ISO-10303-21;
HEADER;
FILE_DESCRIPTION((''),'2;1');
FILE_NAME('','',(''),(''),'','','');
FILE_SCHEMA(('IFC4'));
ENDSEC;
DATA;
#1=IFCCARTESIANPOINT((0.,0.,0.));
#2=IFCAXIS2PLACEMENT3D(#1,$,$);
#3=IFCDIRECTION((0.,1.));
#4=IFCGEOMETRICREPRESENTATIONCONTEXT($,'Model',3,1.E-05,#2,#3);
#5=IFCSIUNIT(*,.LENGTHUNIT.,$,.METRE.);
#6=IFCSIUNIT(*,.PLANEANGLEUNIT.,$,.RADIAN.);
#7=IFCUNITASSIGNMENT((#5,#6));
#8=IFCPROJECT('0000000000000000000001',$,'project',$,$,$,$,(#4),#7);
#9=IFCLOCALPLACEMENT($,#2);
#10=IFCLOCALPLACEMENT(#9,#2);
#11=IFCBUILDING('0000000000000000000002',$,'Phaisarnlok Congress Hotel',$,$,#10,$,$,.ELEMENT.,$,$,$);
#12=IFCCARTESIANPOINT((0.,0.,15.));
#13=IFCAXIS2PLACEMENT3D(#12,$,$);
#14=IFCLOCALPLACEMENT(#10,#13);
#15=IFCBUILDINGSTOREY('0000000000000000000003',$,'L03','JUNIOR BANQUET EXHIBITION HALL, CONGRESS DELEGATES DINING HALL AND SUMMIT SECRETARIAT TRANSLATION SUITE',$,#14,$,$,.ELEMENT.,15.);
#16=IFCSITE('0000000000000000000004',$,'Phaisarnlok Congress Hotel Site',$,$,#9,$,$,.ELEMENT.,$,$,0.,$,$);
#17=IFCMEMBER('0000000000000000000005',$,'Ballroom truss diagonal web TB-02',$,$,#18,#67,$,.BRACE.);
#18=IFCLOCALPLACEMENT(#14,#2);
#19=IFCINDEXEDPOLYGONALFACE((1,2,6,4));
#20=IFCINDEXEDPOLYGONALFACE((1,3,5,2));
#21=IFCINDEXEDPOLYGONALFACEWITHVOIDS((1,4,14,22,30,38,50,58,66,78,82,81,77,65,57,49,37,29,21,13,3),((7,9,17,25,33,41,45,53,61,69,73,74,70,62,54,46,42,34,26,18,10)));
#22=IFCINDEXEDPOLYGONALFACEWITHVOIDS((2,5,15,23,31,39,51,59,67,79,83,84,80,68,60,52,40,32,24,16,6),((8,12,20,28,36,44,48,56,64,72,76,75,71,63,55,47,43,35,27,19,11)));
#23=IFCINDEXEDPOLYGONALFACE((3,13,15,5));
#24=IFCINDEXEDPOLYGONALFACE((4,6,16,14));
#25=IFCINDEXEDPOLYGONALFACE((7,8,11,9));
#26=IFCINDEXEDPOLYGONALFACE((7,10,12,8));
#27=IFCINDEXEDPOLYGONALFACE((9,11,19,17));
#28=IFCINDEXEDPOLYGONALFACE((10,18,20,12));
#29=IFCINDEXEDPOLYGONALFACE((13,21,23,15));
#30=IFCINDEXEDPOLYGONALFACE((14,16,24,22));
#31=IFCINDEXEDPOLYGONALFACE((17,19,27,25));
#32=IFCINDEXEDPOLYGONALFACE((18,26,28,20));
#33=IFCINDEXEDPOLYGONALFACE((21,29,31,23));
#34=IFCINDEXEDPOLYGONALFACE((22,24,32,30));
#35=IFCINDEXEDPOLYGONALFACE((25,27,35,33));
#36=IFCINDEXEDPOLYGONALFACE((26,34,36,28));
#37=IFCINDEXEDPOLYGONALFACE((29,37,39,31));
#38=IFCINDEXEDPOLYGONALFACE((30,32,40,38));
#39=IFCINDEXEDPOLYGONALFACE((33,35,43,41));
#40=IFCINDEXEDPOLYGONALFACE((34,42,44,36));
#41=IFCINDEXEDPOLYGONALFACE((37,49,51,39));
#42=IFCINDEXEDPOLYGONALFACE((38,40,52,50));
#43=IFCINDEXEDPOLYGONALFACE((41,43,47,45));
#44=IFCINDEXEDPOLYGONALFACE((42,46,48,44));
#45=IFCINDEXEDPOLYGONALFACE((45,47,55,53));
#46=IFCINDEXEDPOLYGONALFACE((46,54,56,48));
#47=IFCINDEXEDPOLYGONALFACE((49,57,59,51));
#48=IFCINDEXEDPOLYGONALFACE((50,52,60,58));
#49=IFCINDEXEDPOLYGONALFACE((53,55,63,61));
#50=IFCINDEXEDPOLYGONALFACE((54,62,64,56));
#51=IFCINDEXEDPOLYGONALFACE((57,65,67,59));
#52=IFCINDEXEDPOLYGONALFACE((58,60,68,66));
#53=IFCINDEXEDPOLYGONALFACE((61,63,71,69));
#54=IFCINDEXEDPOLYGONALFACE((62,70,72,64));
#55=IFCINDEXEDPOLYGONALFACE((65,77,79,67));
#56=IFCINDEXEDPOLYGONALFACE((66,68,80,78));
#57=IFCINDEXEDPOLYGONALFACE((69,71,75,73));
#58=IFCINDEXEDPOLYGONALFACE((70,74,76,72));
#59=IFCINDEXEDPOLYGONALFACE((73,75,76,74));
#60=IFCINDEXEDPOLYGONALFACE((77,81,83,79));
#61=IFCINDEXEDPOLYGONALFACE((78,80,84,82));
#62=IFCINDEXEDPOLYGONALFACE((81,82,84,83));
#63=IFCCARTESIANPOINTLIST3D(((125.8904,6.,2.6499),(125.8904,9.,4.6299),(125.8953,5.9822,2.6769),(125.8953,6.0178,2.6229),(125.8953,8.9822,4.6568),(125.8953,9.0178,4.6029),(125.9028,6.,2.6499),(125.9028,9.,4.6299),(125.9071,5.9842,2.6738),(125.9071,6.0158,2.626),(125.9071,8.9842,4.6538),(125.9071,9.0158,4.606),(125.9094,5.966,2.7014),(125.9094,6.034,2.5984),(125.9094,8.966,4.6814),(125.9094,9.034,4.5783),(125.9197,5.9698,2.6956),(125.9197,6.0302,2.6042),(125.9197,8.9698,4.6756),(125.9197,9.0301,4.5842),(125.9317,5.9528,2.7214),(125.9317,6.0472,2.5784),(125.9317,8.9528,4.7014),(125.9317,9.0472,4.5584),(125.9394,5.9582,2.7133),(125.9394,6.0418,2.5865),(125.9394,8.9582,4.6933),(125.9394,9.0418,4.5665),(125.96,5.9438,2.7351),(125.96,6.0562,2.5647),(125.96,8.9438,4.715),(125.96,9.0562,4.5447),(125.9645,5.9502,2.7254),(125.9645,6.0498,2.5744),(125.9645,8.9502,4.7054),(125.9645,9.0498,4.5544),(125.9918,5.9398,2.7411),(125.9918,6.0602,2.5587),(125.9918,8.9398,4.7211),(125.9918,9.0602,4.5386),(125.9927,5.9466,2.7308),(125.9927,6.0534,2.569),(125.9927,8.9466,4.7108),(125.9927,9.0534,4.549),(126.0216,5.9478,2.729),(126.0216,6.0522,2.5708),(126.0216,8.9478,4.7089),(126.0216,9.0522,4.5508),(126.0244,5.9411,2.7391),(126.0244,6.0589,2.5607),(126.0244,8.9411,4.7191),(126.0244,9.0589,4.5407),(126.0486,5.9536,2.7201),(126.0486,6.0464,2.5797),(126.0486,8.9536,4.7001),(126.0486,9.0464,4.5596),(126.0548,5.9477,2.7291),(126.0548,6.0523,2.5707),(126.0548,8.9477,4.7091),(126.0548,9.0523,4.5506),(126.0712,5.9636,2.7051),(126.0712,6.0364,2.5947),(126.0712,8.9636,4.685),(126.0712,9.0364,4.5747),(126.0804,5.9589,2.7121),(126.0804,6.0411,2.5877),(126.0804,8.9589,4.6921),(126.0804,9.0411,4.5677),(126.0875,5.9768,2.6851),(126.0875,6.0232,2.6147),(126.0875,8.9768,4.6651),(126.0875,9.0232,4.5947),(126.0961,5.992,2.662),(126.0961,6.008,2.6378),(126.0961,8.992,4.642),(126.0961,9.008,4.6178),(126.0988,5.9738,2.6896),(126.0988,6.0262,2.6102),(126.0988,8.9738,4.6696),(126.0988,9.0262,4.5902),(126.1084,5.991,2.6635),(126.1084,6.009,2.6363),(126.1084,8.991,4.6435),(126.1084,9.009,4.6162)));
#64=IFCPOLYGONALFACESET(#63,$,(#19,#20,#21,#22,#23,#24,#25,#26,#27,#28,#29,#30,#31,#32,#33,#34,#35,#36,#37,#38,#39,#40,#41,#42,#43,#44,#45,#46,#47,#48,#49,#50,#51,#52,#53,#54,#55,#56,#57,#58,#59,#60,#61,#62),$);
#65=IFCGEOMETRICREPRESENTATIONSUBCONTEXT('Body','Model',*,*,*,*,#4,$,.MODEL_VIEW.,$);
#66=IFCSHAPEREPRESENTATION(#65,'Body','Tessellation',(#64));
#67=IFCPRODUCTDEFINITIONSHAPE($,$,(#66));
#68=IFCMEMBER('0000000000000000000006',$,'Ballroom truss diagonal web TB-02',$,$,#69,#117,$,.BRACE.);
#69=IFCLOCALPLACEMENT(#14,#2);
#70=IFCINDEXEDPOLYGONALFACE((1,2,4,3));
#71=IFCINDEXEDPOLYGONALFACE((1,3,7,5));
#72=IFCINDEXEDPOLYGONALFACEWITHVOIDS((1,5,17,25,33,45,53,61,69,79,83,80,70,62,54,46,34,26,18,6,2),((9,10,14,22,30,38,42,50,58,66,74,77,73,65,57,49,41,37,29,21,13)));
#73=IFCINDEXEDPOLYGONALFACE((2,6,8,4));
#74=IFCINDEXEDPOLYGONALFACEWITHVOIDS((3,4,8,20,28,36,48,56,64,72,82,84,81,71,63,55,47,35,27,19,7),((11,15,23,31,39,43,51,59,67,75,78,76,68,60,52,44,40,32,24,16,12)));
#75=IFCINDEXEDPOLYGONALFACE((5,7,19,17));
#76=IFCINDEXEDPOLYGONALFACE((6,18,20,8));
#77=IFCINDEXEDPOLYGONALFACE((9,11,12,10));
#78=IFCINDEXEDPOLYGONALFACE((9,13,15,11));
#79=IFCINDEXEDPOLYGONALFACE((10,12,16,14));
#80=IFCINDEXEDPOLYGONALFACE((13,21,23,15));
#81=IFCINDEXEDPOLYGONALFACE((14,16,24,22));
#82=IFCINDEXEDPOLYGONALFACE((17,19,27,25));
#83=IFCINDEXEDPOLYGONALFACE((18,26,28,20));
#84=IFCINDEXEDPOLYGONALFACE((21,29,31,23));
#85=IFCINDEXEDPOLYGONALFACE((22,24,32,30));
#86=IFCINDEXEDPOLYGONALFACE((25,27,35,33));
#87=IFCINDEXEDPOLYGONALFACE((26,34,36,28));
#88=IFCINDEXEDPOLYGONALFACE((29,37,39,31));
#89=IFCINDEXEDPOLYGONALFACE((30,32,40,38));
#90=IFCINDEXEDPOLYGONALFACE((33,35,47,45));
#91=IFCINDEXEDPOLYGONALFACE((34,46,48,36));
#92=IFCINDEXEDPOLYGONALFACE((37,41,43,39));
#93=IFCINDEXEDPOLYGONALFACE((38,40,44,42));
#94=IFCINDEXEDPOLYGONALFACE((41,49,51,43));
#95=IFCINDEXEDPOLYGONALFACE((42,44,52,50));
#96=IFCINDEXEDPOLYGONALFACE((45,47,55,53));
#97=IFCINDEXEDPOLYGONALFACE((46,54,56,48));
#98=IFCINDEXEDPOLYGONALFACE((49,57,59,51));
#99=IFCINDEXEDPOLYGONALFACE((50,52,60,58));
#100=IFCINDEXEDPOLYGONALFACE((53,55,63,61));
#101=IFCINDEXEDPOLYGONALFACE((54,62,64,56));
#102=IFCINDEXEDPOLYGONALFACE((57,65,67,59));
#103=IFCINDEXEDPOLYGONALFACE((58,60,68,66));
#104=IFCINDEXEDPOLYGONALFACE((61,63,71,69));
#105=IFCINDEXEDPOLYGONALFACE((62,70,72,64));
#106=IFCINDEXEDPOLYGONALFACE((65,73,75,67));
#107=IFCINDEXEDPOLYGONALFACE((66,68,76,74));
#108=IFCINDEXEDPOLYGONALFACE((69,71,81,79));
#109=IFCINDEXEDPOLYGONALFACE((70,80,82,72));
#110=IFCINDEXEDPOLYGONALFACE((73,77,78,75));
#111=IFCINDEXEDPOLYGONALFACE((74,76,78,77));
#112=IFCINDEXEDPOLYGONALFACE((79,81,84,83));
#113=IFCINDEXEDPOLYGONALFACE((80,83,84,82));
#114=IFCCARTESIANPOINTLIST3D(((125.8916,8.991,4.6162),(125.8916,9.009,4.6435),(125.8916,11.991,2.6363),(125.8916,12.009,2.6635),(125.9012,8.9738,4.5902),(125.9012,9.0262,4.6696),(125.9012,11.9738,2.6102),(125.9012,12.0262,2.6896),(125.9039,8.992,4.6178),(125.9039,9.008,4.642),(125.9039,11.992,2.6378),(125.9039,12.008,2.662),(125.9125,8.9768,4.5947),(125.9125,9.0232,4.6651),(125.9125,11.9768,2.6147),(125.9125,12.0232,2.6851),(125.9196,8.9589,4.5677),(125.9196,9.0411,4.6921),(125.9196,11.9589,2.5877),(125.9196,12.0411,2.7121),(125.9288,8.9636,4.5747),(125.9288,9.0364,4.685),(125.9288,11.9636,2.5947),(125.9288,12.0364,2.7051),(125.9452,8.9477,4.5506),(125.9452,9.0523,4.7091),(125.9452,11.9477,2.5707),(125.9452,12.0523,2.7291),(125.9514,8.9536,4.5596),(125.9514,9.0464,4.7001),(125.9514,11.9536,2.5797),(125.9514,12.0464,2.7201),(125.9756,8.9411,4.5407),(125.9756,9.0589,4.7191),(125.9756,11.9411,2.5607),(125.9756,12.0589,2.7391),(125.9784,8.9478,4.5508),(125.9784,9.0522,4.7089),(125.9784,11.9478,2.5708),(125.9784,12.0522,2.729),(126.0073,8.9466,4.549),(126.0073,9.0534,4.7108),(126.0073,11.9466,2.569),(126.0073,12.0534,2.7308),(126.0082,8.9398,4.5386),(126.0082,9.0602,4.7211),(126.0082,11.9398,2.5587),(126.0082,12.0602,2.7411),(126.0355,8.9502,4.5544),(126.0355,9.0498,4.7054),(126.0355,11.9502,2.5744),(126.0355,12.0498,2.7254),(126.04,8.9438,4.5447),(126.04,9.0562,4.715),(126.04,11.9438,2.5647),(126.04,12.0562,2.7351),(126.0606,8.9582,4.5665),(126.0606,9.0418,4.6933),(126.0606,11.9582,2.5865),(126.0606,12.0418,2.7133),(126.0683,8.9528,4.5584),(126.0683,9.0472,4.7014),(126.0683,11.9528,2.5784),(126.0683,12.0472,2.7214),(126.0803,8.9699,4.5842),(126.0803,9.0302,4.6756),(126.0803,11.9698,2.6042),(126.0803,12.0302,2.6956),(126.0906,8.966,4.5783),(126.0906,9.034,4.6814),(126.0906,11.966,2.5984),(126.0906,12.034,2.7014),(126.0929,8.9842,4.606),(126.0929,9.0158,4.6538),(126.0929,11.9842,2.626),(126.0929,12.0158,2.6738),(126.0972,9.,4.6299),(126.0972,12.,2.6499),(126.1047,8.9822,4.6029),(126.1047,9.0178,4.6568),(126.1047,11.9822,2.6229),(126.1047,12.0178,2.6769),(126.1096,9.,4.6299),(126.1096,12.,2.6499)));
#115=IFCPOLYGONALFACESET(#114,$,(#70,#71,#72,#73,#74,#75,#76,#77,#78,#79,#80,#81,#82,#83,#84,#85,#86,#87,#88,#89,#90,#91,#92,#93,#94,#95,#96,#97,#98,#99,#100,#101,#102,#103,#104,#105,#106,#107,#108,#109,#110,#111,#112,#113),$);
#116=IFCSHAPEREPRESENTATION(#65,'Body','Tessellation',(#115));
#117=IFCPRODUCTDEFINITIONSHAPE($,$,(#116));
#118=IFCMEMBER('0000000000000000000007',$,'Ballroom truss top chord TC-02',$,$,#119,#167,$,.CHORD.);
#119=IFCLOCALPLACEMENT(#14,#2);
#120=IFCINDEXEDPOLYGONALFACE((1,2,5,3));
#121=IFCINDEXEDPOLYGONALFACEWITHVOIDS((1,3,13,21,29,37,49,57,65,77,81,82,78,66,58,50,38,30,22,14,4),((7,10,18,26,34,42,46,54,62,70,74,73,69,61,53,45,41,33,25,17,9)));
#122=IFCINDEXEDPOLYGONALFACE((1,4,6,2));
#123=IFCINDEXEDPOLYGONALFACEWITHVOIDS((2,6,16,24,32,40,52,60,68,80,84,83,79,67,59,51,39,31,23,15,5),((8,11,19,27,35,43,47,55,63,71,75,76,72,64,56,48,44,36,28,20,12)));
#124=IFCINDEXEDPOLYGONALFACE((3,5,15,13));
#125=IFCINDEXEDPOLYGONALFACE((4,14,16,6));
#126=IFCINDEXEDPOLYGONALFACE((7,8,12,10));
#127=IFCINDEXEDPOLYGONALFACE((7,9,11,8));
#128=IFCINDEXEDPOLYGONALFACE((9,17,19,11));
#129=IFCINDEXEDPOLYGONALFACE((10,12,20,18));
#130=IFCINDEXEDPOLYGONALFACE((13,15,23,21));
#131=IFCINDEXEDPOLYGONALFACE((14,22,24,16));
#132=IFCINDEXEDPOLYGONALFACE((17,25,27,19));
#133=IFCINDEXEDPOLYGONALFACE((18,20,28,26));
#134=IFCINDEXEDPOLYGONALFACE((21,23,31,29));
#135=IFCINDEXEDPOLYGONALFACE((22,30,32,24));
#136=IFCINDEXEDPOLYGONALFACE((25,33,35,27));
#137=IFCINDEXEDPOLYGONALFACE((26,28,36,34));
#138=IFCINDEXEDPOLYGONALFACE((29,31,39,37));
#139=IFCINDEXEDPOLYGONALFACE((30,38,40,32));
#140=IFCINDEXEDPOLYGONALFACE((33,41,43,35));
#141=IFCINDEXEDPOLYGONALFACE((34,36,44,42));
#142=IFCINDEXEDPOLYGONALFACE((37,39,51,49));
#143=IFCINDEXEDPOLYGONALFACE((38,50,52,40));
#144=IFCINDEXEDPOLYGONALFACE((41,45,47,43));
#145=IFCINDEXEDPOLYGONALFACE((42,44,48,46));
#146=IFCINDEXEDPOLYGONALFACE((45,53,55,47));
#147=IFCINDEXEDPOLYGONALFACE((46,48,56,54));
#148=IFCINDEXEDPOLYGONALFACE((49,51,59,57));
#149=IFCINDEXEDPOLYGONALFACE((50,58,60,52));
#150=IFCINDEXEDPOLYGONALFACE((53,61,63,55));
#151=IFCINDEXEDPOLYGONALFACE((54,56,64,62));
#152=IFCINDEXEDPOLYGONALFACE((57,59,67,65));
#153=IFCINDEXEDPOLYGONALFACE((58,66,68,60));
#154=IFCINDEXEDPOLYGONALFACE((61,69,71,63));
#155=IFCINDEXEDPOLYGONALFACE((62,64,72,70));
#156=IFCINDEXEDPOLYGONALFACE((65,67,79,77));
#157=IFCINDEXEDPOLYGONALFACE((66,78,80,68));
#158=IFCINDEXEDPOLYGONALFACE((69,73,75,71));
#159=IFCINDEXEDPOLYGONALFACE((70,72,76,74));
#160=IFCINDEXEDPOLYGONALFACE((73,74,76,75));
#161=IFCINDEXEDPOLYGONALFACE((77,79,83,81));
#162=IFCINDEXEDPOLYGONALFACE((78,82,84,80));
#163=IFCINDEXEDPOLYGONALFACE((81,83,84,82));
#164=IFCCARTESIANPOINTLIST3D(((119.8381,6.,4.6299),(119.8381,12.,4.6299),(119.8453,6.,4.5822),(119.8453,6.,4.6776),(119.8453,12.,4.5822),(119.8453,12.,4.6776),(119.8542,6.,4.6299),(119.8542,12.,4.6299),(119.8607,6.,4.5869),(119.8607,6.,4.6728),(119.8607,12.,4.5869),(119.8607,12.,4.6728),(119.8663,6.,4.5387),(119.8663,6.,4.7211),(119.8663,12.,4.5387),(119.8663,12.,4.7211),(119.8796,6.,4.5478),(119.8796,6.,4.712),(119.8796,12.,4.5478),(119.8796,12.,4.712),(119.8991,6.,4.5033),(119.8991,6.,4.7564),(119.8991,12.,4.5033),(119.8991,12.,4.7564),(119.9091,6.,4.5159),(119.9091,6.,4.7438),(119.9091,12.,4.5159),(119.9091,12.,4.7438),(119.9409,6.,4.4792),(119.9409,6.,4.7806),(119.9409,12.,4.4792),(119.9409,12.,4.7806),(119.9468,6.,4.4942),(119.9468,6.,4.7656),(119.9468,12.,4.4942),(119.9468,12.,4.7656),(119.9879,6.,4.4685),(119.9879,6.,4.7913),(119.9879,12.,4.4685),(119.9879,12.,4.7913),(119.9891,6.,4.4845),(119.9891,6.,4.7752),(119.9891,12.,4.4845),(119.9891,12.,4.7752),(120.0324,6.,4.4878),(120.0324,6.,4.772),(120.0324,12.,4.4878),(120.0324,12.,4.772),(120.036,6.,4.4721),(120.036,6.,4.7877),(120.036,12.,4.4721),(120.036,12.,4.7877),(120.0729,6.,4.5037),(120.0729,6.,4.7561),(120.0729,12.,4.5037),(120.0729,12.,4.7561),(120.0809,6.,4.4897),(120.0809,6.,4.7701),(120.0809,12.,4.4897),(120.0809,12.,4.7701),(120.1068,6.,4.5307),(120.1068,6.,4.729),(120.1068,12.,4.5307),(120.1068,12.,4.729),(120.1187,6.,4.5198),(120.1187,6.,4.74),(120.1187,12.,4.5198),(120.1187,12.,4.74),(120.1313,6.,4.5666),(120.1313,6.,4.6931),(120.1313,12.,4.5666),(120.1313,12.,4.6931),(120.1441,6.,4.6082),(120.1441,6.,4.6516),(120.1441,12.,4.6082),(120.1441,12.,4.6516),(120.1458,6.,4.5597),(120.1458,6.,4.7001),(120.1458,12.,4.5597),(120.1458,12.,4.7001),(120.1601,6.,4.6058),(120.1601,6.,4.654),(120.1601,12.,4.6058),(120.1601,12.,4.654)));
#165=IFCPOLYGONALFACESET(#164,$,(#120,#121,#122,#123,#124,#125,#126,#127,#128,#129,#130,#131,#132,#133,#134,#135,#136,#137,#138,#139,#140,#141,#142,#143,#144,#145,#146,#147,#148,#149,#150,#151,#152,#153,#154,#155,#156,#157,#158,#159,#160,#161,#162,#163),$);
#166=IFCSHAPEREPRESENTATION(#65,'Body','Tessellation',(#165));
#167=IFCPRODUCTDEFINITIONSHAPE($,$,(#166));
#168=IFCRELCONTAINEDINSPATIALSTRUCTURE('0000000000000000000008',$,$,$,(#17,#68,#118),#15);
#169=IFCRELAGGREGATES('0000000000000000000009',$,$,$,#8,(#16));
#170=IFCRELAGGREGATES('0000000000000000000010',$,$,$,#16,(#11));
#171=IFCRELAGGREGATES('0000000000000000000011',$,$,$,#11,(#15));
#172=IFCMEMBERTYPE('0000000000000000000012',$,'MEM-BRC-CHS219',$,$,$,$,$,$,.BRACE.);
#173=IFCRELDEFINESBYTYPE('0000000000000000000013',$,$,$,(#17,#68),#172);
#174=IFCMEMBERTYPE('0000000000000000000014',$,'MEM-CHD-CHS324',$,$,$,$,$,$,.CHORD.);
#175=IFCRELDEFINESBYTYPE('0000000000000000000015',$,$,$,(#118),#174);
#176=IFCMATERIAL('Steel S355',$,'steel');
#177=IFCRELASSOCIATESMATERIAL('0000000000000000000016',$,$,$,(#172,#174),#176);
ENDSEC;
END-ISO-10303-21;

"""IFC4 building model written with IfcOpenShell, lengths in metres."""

from ifc_helpers import new_model, si_unit, direction, frame, origin, origin_2d, place, context, subcontext, project, spatial, hollow_circle, extrude, material, material_profile, profile_set, type_object, element, save


model = new_model("IFC4")

# Units and contexts
model_context = context("Model", 3, precision=1e-05, world=origin(), true_north=direction((0.0, 1.0)))
body_context = subcontext(model_context, "Body", "Model", "MODEL_VIEW")
ifc_project = project(units=[si_unit("LENGTHUNIT", "METRE"), si_unit("PLANEANGLEUNIT", "RADIAN")], contexts=[model_context])

# Site, building, storey
site_placement = place(None, origin())
site = spatial("IfcSite", under=ifc_project, at=site_placement, Name="Phaisarnlok Congress Hotel Site", CompositionType="ELEMENT", RefElevation=0.0)
building_placement = place(site_placement, origin())
building = spatial("IfcBuilding", under=site, at=building_placement, Name="Phaisarnlok Congress Hotel", CompositionType="ELEMENT")
storey_placement = place(building_placement, frame((0.0, 0.0, 15.0)))
storey = spatial("IfcBuildingStorey", under=building, at=storey_placement, Name="L03", Description="JUNIOR BANQUET EXHIBITION HALL, CONGRESS DELEGATES DINING HALL AND SUMMIT SECRETARIAT TRANSLATION SUITE", CompositionType="ELEMENT", Elevation=15.0)

# Members
ifc_material = material(Name="Steel S355", Category="steel")
ifc_material_profile_1 = material_profile(ifc_material, hollow_circle(Radius=0.1096, WallThickness=0.0125, at=origin_2d()), Name="CHS 219.1x12.5")
ifc_profile_set_1 = profile_set([ifc_material_profile_1], Name="Steel S355")
member_type_1 = type_object("IfcMemberType", Name="MEM-BRC-CHS219", PredefinedType="BRACE", material=ifc_profile_set_1)
for number, where, z_axis, x_axis, name in (
    (1, (126.0, 6.0, 2.6499), (0.0, 0.834612, 0.550838), (-1.0, 0.0, 0.0), "Ballroom truss diagonal web TB-02"),
    (2, (126.0, 12.0, 2.6499), (0.0, -0.834612, 0.550838), (1.0, 0.0, 0.0), "Ballroom truss diagonal web TB-02"),
):
    element("IfcMember", number, at=place(storey_placement, frame(where, z_axis=z_axis, x_axis=x_axis)), inside=storey, type_object=member_type_1, Name=name, PredefinedType="BRACE", context=body_context, shape_type="SweptSolid", body=[
        extrude(hollow_circle(Radius=0.1096, WallThickness=0.0125, at=origin_2d()), origin(), (0.0, 0.0, 1.0), 3.5945),
    ])
ifc_material_profile_2 = material_profile(ifc_material, hollow_circle(Radius=0.1619, WallThickness=0.0161, at=origin_2d()), Name="CHS 323.9x16")
ifc_profile_set_2 = profile_set([ifc_material_profile_2], Name="Steel S355")
member_type_2 = type_object("IfcMemberType", Name="MEM-CHD-CHS324", PredefinedType="CHORD", material=ifc_profile_set_2)
for number, where, z_axis, x_axis, name in (
    (3, (120.0, 6.0, 4.6299), (0.0, 1.0, 0.0), (-1.0, 0.0, 0.0), "Ballroom truss top chord TC-02"),
):
    element("IfcMember", number, at=place(storey_placement, frame(where, z_axis=z_axis, x_axis=x_axis)), inside=storey, type_object=member_type_2, Name=name, PredefinedType="CHORD", context=body_context, shape_type="SweptSolid", body=[
        extrude(hollow_circle(Radius=0.1619, WallThickness=0.0161, at=origin_2d()), origin(), (0.0, 0.0, 1.0), 6.0),
    ])

save(model, "model.ifc")
